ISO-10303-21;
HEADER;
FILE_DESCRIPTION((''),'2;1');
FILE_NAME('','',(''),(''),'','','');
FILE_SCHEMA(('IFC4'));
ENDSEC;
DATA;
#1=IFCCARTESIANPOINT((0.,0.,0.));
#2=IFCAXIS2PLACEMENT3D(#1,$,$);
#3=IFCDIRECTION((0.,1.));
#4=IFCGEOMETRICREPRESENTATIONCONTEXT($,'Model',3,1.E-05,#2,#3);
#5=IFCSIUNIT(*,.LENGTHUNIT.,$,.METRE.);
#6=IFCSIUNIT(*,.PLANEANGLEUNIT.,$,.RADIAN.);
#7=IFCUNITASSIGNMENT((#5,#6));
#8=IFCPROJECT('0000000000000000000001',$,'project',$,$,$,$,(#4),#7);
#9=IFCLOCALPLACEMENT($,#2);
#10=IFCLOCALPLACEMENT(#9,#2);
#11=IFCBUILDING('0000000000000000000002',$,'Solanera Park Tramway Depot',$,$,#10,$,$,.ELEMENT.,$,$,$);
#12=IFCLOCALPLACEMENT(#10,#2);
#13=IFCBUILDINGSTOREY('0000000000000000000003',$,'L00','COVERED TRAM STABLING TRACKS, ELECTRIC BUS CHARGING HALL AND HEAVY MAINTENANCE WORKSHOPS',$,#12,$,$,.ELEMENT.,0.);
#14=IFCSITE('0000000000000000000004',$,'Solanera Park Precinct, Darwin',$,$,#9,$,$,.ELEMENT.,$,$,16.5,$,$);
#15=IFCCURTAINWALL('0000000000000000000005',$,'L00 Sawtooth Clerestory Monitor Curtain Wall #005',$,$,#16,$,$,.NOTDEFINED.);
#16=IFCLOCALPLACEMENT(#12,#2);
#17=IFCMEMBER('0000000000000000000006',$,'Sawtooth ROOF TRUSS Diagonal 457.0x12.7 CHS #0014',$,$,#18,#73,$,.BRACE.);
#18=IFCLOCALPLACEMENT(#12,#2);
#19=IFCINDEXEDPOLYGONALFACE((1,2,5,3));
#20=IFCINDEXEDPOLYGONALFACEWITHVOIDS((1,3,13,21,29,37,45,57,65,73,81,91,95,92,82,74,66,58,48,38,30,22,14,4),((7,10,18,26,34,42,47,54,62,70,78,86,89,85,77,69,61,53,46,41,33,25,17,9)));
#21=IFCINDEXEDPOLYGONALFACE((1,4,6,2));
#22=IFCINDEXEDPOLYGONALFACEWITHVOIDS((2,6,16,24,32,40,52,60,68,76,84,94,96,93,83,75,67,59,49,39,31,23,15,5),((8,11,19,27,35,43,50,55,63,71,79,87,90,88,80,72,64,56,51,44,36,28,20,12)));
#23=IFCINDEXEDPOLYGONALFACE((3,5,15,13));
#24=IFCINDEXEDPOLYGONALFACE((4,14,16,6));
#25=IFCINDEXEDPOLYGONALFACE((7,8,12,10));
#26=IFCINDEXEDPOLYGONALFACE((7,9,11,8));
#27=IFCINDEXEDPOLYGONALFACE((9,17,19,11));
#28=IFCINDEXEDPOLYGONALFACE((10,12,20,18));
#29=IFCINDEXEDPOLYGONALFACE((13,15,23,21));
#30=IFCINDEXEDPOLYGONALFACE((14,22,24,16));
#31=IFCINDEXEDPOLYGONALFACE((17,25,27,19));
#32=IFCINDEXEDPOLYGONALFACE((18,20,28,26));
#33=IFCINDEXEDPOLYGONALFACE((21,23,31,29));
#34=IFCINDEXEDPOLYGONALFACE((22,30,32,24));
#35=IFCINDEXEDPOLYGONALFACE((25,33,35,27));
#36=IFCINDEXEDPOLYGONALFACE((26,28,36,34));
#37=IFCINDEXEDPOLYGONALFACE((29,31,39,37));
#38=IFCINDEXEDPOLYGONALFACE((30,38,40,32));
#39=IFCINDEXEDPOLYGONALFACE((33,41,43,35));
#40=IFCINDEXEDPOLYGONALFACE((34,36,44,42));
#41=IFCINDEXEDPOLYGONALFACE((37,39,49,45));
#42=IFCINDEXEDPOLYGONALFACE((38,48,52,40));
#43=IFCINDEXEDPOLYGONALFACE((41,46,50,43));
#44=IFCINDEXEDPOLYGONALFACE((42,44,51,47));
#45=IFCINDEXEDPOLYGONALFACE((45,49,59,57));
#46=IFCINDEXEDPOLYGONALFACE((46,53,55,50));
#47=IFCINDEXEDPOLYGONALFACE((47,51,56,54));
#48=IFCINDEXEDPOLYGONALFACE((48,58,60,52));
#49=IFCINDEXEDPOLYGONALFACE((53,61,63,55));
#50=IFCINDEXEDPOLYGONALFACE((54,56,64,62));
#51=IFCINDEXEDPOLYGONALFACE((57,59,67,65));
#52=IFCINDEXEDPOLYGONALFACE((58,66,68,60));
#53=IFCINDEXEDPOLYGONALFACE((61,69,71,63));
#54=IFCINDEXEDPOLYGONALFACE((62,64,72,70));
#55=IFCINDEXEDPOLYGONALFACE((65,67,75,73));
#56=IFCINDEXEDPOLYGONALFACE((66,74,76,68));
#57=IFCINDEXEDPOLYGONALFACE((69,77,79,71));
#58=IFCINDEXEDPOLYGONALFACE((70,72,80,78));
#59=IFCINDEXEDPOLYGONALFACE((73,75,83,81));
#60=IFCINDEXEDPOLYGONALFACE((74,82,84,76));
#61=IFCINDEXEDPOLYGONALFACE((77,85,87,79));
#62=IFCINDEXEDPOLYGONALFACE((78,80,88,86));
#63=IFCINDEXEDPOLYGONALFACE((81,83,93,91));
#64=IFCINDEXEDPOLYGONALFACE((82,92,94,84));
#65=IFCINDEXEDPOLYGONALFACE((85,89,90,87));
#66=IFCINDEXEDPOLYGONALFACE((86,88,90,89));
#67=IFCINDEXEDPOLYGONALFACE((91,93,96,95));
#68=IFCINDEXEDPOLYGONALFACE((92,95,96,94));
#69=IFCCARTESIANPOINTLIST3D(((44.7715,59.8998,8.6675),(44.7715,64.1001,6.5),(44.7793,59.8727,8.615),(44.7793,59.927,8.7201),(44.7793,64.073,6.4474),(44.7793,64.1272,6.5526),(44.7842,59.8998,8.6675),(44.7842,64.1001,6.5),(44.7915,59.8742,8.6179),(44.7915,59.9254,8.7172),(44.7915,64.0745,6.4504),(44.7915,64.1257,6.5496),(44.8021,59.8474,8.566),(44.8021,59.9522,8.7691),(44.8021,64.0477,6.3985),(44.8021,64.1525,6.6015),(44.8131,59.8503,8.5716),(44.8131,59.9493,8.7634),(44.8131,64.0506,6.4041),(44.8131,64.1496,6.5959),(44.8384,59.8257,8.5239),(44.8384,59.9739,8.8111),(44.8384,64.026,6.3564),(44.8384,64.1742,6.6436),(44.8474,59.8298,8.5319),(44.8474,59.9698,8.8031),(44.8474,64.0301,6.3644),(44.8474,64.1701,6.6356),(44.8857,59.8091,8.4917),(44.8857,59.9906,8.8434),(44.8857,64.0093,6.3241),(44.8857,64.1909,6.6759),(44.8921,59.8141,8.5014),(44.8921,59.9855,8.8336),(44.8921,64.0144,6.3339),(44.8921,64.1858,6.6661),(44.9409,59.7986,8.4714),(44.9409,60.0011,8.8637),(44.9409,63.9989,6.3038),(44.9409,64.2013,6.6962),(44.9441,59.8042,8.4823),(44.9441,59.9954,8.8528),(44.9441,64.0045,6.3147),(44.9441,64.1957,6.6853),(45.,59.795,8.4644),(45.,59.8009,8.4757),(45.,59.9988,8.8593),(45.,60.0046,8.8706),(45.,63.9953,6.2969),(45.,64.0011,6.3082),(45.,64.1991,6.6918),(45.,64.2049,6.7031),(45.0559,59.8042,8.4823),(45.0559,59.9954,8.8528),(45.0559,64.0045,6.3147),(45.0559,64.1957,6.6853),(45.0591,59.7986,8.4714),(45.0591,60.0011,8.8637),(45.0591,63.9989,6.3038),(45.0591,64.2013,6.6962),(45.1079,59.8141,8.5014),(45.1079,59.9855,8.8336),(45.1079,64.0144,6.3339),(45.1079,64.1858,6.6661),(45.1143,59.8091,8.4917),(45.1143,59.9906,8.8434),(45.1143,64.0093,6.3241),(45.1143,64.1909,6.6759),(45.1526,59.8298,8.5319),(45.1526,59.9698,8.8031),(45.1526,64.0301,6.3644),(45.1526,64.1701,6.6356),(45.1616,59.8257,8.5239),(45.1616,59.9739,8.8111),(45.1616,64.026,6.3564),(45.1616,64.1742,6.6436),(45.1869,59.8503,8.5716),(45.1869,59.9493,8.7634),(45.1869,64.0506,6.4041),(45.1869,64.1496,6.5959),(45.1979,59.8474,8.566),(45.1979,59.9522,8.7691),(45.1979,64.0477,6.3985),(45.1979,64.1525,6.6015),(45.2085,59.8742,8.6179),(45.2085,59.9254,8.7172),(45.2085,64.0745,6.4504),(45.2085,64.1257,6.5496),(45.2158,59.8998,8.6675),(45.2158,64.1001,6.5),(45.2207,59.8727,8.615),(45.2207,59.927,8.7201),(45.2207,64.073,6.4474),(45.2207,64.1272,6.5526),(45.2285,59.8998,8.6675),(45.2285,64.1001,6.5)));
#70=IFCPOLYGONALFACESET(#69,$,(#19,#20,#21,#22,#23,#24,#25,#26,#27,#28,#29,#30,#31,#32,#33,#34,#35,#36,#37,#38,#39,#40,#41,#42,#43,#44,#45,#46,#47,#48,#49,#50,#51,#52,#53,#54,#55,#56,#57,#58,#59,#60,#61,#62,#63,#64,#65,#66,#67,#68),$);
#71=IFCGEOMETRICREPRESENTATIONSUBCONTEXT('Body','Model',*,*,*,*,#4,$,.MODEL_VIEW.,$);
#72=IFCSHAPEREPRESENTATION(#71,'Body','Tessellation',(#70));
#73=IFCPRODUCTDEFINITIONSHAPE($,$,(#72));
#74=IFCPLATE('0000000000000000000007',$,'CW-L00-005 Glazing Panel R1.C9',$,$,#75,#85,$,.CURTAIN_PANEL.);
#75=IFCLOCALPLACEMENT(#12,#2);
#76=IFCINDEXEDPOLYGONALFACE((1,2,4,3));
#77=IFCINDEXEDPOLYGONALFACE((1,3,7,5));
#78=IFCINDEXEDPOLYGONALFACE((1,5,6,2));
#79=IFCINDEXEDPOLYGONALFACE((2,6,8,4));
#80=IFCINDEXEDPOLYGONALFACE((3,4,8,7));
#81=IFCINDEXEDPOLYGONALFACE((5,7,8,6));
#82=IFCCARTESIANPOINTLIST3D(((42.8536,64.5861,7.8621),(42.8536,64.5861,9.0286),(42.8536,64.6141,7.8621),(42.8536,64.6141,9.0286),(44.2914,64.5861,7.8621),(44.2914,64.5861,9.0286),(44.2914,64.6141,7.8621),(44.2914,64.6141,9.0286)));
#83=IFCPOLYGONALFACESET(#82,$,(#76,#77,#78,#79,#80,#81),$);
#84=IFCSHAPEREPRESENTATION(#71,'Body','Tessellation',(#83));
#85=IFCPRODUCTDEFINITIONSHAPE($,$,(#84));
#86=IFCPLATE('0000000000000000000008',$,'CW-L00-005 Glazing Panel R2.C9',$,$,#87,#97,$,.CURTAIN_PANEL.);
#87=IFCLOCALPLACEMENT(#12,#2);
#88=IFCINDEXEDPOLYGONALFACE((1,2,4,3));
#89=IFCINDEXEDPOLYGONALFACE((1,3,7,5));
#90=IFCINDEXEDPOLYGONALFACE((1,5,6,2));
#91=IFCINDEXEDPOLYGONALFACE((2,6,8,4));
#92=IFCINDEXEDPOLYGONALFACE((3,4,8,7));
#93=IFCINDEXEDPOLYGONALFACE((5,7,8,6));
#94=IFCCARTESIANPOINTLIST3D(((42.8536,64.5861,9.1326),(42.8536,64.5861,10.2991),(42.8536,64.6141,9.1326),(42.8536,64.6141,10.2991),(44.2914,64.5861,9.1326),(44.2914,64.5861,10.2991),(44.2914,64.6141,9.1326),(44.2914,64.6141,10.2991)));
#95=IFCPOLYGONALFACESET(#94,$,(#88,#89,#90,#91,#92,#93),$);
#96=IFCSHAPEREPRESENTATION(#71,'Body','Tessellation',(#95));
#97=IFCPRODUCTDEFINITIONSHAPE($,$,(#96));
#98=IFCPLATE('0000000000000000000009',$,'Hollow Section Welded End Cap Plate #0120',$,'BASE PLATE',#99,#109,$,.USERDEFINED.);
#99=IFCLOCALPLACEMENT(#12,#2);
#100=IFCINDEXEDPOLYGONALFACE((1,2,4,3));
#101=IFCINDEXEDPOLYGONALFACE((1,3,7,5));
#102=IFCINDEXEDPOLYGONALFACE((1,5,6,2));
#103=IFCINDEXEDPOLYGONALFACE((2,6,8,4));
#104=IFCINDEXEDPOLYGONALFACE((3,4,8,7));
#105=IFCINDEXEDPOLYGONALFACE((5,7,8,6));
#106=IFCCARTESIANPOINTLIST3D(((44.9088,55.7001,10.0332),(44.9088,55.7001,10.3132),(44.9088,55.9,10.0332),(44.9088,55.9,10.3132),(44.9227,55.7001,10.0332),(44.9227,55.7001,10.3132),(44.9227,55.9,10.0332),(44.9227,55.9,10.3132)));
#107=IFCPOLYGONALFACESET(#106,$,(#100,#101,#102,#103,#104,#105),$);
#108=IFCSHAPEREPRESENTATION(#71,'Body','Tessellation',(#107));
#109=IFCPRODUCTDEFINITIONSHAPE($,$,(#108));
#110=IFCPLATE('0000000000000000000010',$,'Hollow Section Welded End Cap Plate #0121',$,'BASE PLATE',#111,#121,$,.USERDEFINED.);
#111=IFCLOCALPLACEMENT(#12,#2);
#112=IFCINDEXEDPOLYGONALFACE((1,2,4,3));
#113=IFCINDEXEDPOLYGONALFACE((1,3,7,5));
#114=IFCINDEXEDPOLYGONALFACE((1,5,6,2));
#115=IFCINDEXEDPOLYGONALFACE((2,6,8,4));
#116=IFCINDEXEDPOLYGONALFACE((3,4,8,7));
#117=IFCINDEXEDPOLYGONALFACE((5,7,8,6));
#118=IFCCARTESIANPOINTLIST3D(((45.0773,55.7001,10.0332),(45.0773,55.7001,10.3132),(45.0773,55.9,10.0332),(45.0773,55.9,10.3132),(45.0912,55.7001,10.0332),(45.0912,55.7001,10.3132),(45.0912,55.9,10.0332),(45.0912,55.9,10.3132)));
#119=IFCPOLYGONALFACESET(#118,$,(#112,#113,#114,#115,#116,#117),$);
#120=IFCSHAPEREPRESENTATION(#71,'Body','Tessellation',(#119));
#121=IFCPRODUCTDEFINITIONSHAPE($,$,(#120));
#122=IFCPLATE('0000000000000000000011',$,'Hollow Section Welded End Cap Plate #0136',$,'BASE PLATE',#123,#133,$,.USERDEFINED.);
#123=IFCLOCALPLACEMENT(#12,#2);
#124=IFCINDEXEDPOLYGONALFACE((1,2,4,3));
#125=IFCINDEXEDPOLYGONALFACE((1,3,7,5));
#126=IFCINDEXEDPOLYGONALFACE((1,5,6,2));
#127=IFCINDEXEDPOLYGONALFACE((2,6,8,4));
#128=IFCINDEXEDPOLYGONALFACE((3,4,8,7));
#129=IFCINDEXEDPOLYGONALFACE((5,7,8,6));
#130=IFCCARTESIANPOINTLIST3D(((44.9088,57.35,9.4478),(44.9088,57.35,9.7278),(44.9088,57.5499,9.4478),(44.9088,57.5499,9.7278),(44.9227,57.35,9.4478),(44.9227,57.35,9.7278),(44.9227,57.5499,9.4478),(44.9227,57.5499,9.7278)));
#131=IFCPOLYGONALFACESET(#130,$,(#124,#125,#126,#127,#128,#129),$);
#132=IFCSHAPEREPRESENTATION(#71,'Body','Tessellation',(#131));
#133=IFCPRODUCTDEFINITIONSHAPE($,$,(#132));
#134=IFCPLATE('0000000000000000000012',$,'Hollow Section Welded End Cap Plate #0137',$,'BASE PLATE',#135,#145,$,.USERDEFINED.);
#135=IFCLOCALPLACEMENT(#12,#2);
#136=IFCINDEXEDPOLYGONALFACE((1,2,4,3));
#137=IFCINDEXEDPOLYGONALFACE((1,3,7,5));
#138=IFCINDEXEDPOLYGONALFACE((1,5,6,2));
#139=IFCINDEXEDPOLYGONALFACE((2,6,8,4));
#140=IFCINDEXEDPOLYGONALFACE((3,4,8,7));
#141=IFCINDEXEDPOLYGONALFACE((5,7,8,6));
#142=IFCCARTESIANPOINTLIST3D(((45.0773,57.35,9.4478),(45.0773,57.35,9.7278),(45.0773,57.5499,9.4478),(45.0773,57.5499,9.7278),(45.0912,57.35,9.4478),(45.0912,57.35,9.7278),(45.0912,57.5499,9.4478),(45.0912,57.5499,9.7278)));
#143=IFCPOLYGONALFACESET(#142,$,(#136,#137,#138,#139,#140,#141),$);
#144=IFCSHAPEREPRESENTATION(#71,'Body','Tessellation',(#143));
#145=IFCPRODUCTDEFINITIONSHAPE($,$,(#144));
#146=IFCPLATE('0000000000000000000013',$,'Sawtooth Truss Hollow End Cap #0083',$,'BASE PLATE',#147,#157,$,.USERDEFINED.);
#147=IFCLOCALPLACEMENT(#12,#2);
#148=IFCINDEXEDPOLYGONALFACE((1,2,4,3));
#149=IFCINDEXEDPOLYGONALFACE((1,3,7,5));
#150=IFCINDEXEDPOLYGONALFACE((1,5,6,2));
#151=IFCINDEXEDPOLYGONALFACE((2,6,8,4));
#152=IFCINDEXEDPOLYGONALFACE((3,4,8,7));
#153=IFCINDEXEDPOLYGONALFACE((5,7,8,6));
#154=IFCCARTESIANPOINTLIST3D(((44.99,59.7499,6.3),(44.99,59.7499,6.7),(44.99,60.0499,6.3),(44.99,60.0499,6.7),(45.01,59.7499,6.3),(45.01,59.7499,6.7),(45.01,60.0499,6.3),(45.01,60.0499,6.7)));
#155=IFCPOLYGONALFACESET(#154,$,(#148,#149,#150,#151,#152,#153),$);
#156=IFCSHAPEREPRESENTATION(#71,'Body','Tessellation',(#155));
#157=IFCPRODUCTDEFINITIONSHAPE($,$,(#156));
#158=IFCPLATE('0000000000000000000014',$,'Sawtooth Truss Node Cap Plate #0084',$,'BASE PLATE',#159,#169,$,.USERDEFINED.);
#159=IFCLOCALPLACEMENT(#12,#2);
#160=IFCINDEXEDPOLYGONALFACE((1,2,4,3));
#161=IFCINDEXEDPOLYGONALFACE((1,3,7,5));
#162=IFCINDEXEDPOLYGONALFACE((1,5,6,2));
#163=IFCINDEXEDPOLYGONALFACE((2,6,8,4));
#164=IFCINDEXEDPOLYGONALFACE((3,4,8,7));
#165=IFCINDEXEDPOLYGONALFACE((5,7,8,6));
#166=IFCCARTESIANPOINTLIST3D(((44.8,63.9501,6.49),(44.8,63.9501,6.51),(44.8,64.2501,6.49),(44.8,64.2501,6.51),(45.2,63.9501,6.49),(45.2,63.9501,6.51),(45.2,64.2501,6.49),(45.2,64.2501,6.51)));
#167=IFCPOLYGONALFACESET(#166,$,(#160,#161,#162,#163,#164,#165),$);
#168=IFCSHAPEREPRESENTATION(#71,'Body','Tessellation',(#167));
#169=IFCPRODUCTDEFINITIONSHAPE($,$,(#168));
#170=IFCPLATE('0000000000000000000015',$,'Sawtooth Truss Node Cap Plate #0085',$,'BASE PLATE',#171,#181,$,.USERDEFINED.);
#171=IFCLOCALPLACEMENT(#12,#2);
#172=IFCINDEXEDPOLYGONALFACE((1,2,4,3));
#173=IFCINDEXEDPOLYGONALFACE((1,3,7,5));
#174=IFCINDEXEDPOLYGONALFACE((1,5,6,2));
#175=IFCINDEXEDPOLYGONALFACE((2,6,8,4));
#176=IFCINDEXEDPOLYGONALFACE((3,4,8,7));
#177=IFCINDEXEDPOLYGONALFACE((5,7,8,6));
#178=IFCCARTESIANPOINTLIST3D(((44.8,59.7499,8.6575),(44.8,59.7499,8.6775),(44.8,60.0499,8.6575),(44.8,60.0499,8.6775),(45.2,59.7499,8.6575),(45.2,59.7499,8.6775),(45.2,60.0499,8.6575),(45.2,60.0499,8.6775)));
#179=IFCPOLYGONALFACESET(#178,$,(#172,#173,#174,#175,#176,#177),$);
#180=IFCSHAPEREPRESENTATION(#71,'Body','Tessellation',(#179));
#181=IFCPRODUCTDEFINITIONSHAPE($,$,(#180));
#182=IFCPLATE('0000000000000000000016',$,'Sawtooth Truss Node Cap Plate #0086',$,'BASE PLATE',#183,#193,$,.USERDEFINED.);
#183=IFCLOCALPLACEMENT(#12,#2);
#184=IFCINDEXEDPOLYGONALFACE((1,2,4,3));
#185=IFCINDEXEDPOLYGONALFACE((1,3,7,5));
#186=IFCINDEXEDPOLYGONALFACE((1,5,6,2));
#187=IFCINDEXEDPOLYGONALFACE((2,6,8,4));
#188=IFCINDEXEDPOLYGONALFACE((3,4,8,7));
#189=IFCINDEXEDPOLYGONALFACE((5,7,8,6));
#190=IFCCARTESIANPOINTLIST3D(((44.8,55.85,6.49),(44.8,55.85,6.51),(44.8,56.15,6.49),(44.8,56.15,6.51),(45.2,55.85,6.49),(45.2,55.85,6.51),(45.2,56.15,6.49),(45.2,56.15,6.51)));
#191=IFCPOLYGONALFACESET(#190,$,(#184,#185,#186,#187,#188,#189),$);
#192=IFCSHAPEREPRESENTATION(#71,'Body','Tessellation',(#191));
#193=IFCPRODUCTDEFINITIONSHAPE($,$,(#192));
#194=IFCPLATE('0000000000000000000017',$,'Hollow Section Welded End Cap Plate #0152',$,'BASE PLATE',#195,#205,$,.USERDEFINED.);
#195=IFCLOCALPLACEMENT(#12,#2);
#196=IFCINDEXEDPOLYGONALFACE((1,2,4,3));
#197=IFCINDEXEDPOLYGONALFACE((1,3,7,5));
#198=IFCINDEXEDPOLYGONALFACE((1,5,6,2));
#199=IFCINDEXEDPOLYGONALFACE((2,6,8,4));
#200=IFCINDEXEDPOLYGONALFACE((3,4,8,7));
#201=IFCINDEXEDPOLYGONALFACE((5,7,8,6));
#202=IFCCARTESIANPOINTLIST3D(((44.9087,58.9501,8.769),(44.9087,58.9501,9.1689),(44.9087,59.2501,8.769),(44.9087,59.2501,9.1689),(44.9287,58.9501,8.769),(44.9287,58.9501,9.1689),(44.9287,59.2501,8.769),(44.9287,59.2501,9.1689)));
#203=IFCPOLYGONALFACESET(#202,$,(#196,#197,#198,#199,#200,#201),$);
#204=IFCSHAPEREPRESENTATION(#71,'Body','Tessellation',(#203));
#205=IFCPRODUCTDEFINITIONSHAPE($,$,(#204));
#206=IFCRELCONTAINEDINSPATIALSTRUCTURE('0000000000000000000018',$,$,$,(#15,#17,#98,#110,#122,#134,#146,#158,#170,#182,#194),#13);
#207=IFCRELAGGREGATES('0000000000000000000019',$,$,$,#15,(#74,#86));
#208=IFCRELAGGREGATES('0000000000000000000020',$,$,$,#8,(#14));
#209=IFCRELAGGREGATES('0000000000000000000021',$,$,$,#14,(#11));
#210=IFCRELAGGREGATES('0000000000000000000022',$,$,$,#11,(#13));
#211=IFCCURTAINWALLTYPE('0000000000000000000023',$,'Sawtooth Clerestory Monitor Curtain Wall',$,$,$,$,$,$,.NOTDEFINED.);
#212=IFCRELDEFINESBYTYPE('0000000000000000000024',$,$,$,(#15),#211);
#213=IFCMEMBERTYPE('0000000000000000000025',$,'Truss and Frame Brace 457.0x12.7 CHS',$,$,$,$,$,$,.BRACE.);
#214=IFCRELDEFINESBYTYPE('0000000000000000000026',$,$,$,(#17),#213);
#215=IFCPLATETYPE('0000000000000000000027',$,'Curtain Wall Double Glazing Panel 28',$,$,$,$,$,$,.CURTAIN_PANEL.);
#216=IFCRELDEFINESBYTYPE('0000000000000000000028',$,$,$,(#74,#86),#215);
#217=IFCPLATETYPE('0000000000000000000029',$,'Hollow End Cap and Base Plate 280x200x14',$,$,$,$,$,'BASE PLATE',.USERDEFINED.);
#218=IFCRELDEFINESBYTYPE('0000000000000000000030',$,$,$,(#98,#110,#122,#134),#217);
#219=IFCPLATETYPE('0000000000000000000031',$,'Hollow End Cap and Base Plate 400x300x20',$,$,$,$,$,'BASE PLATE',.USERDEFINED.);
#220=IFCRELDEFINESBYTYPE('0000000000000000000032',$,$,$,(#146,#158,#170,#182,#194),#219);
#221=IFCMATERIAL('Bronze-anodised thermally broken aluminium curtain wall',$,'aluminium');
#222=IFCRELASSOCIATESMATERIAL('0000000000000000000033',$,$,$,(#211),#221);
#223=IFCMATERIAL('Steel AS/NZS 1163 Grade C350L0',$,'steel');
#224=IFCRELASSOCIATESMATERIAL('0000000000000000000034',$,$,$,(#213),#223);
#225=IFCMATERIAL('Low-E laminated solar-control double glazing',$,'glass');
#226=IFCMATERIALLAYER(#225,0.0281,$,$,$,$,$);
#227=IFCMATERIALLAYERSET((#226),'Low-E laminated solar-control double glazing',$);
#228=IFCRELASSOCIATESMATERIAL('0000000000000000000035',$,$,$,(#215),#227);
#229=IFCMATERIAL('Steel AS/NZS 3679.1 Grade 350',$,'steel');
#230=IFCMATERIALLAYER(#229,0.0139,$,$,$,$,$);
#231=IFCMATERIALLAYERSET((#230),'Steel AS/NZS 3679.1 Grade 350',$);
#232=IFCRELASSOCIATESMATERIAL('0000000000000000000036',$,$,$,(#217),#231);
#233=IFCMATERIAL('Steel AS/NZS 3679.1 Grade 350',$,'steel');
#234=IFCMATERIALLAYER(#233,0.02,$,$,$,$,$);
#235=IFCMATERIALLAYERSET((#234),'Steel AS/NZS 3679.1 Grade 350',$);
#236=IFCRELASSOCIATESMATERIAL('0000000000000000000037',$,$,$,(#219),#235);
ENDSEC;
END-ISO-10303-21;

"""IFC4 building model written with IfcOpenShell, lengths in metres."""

from ifc_helpers import new_model, si_unit, direction, frame, origin, origin_2d, place, context, subcontext, project, spatial, rectangle, hollow_circle, extrude, material, layer, layer_set, material_profile, profile_set, type_object, element, aggregate, save


model = new_model("IFC4")

# Units and contexts
model_context = context("Model", 3, precision=1e-05, world=origin(), true_north=direction((0.0, 1.0)))
body_context = subcontext(model_context, "Body", "Model", "MODEL_VIEW")
ifc_project = project(units=[si_unit("LENGTHUNIT", "METRE"), si_unit("PLANEANGLEUNIT", "RADIAN")], contexts=[model_context])

# Site, building, storey
site_placement = place(None, origin())
site = spatial("IfcSite", under=ifc_project, at=site_placement, Name="Solanera Park Precinct, Darwin", CompositionType="ELEMENT", RefElevation=16.5)
building_placement = place(site_placement, origin())
building = spatial("IfcBuilding", under=site, at=building_placement, Name="Solanera Park Tramway Depot", CompositionType="ELEMENT")
storey_placement = place(building_placement, origin())
storey = spatial("IfcBuildingStorey", under=building, at=storey_placement, Name="L00", Description="COVERED TRAM STABLING TRACKS, ELECTRIC BUS CHARGING HALL AND HEAVY MAINTENANCE WORKSHOPS", CompositionType="ELEMENT", Elevation=0.0)

# Curtain wall
ifc_material_1 = material(Name="Bronze-anodised thermally broken aluminium curtain wall", Category="aluminium")
curtain_wall_type = type_object("IfcCurtainWallType", Name="Sawtooth Clerestory Monitor Curtain Wall", PredefinedType="NOTDEFINED", material=ifc_material_1)
curtain_wall_1_placement = place(storey_placement, origin())
curtain_wall_1 = element("IfcCurtainWall", 1, at=curtain_wall_1_placement, inside=storey, type_object=curtain_wall_type, Name="L00 Sawtooth Clerestory Monitor Curtain Wall #005", PredefinedType="NOTDEFINED")

# Member
ifc_material_2 = material(Name="Steel AS/NZS 1163 Grade C350L0", Category="steel")
ifc_material_profile_1 = material_profile(ifc_material_2, hollow_circle(Radius=0.2285, WallThickness=0.0127, at=origin_2d()), Name="457.0x12.7 CHS")
ifc_profile_set_1 = profile_set([ifc_material_profile_1], Name="Steel AS/NZS 1163 Grade C350L0")
member_type_1 = type_object("IfcMemberType", Name="Truss and Frame Brace 457.0x12.7 CHS", PredefinedType="BRACE", material=ifc_profile_set_1)
member_1_placement = place(storey_placement, frame((45.0, 64.1001, 6.5), z_axis=(0.0, -0.888652, 0.458582), x_axis=(1.0, 0.0, 0.0)))
element("IfcMember", 2, at=member_1_placement, inside=storey, type_object=member_type_1, Name="Sawtooth ROOF TRUSS Diagonal 457.0x12.7 CHS #0014", PredefinedType="BRACE", context=body_context, shape_type="SweptSolid", body=[
    extrude(hollow_circle(Radius=0.2285, WallThickness=0.0127, at=origin_2d()), origin(), (0.0, 0.0, 1.0), 4.7266),
])

# Plates
ifc_material_3 = material(Name="Low-E laminated solar-control double glazing", Category="glass")
ifc_layer_1 = layer(ifc_material_3, 0.0281)
ifc_layer_set_1 = layer_set([ifc_layer_1], Name="Low-E laminated solar-control double glazing")
plate_type_1 = type_object("IfcPlateType", Name="Curtain Wall Double Glazing Panel 28", PredefinedType="CURTAIN_PANEL", material=ifc_layer_set_1)
plate_1_placement = place(storey_placement, frame((43.5725, 64.6001, 7.8621), z_axis=(0.0, 0.0, 1.0), x_axis=(1.0, 0.0, 0.0)))
plate_1 = element("IfcPlate", 3, at=plate_1_placement, type_object=plate_type_1, Name="CW-L00-005 Glazing Panel R1.C9", PredefinedType="CURTAIN_PANEL", context=body_context, shape_type="SweptSolid", body=[
    extrude(rectangle(XDim=1.4377, YDim=0.0281, at=origin_2d()), origin(), (0.0, 0.0, 1.0), 1.1665),
])
plate_2_placement = place(storey_placement, frame((43.5725, 64.6001, 9.1326), z_axis=(0.0, 0.0, 1.0), x_axis=(1.0, 0.0, 0.0)))
plate_2 = element("IfcPlate", 4, at=plate_2_placement, type_object=plate_type_1, Name="CW-L00-005 Glazing Panel R2.C9", PredefinedType="CURTAIN_PANEL", context=body_context, shape_type="SweptSolid", body=[
    extrude(rectangle(XDim=1.4377, YDim=0.0281, at=origin_2d()), origin(), (0.0, 0.0, 1.0), 1.1665),
])
aggregate(curtain_wall_1, [plate_1, plate_2])

# Plates
ifc_material_4 = material(Name="Steel AS/NZS 3679.1 Grade 350", Category="steel")
ifc_layer_2 = layer(ifc_material_4, 0.0139)
ifc_layer_set_2 = layer_set([ifc_layer_2], Name="Steel AS/NZS 3679.1 Grade 350")
plate_type_2 = type_object("IfcPlateType", Name="Hollow End Cap and Base Plate 280x200x14", ElementType="BASE PLATE", PredefinedType="USERDEFINED", material=ifc_layer_set_2)
for number, where, z_axis, x_axis, name in (
    (5, (44.9158, 55.8, 10.0332), (0.0, 0.0, 1.0), (1.0, 0.0, 0.0), "Hollow Section Welded End Cap Plate #0120"),
    (6, (45.0842, 55.8, 10.0332), (0.0, 0.0, 1.0), (1.0, 0.0, 0.0), "Hollow Section Welded End Cap Plate #0121"),
    (7, (44.9158, 57.45, 9.4478), (0.0, 0.0, 1.0), (1.0, 0.0, 0.0), "Hollow Section Welded End Cap Plate #0136"),
    (8, (45.0842, 57.45, 9.4478), (0.0, 0.0, 1.0), (1.0, 0.0, 0.0), "Hollow Section Welded End Cap Plate #0137"),
):
    element("IfcPlate", number, at=place(storey_placement, frame(where, z_axis=z_axis, x_axis=x_axis)), inside=storey, type_object=plate_type_2, Name=name, ObjectType="BASE PLATE", PredefinedType="USERDEFINED", context=body_context, shape_type="SweptSolid", body=[
        extrude(rectangle(XDim=0.0139, YDim=0.2, at=origin_2d()), origin(), (0.0, 0.0, 1.0), 0.28),
    ])
ifc_material_5 = material(Name="Steel AS/NZS 3679.1 Grade 350", Category="steel")
ifc_layer_3 = layer(ifc_material_5, 0.02)
ifc_layer_set_3 = layer_set([ifc_layer_3], Name="Steel AS/NZS 3679.1 Grade 350")
plate_type_3 = type_object("IfcPlateType", Name="Hollow End Cap and Base Plate 400x300x20", ElementType="BASE PLATE", PredefinedType="USERDEFINED", material=ifc_layer_set_3)
plate_3_placement = place(storey_placement, frame((45.0, 59.8999, 6.3), z_axis=(0.0, 0.0, 1.0), x_axis=(1.0, 0.0, 0.0)))
element("IfcPlate", 9, at=plate_3_placement, inside=storey, type_object=plate_type_3, Name="Sawtooth Truss Hollow End Cap #0083", ObjectType="BASE PLATE", PredefinedType="USERDEFINED", context=body_context, shape_type="SweptSolid", body=[
    extrude(rectangle(XDim=0.02, YDim=0.3, at=origin_2d()), origin(), (0.0, 0.0, 1.0), 0.3999),
])
for number, where, z_axis, x_axis, name in (
    (10, (45.0, 64.1001, 6.49), (0.0, 0.0, 1.0), (1.0, 0.0, 0.0), "Sawtooth Truss Node Cap Plate #0084"),
    (11, (45.0, 59.8999, 8.6575), (0.0, 0.0, 1.0), (1.0, 0.0, 0.0), "Sawtooth Truss Node Cap Plate #0085"),
    (12, (45.0, 56.0, 6.49), (0.0, 0.0, 1.0), (1.0, 0.0, 0.0), "Sawtooth Truss Node Cap Plate #0086"),
):
    element("IfcPlate", number, at=place(storey_placement, frame(where, z_axis=z_axis, x_axis=x_axis)), inside=storey, type_object=plate_type_3, Name=name, ObjectType="BASE PLATE", PredefinedType="USERDEFINED", context=body_context, shape_type="SweptSolid", body=[
        extrude(rectangle(XDim=0.3999, YDim=0.3, at=origin_2d()), origin(), (0.0, 0.0, 1.0), 0.02),
    ])
for number, where, z_axis, x_axis, name in (
    (13, (44.9187, 59.1001, 8.769), (0.0, 0.0, 1.0), (1.0, 0.0, 0.0), "Hollow Section Welded End Cap Plate #0152"),
):
    element("IfcPlate", number, at=place(storey_placement, frame(where, z_axis=z_axis, x_axis=x_axis)), inside=storey, type_object=plate_type_3, Name=name, ObjectType="BASE PLATE", PredefinedType="USERDEFINED", context=body_context, shape_type="SweptSolid", body=[
        extrude(rectangle(XDim=0.02, YDim=0.3, at=origin_2d()), origin(), (0.0, 0.0, 1.0), 0.3999),
    ])

save(model, "model.ifc")
